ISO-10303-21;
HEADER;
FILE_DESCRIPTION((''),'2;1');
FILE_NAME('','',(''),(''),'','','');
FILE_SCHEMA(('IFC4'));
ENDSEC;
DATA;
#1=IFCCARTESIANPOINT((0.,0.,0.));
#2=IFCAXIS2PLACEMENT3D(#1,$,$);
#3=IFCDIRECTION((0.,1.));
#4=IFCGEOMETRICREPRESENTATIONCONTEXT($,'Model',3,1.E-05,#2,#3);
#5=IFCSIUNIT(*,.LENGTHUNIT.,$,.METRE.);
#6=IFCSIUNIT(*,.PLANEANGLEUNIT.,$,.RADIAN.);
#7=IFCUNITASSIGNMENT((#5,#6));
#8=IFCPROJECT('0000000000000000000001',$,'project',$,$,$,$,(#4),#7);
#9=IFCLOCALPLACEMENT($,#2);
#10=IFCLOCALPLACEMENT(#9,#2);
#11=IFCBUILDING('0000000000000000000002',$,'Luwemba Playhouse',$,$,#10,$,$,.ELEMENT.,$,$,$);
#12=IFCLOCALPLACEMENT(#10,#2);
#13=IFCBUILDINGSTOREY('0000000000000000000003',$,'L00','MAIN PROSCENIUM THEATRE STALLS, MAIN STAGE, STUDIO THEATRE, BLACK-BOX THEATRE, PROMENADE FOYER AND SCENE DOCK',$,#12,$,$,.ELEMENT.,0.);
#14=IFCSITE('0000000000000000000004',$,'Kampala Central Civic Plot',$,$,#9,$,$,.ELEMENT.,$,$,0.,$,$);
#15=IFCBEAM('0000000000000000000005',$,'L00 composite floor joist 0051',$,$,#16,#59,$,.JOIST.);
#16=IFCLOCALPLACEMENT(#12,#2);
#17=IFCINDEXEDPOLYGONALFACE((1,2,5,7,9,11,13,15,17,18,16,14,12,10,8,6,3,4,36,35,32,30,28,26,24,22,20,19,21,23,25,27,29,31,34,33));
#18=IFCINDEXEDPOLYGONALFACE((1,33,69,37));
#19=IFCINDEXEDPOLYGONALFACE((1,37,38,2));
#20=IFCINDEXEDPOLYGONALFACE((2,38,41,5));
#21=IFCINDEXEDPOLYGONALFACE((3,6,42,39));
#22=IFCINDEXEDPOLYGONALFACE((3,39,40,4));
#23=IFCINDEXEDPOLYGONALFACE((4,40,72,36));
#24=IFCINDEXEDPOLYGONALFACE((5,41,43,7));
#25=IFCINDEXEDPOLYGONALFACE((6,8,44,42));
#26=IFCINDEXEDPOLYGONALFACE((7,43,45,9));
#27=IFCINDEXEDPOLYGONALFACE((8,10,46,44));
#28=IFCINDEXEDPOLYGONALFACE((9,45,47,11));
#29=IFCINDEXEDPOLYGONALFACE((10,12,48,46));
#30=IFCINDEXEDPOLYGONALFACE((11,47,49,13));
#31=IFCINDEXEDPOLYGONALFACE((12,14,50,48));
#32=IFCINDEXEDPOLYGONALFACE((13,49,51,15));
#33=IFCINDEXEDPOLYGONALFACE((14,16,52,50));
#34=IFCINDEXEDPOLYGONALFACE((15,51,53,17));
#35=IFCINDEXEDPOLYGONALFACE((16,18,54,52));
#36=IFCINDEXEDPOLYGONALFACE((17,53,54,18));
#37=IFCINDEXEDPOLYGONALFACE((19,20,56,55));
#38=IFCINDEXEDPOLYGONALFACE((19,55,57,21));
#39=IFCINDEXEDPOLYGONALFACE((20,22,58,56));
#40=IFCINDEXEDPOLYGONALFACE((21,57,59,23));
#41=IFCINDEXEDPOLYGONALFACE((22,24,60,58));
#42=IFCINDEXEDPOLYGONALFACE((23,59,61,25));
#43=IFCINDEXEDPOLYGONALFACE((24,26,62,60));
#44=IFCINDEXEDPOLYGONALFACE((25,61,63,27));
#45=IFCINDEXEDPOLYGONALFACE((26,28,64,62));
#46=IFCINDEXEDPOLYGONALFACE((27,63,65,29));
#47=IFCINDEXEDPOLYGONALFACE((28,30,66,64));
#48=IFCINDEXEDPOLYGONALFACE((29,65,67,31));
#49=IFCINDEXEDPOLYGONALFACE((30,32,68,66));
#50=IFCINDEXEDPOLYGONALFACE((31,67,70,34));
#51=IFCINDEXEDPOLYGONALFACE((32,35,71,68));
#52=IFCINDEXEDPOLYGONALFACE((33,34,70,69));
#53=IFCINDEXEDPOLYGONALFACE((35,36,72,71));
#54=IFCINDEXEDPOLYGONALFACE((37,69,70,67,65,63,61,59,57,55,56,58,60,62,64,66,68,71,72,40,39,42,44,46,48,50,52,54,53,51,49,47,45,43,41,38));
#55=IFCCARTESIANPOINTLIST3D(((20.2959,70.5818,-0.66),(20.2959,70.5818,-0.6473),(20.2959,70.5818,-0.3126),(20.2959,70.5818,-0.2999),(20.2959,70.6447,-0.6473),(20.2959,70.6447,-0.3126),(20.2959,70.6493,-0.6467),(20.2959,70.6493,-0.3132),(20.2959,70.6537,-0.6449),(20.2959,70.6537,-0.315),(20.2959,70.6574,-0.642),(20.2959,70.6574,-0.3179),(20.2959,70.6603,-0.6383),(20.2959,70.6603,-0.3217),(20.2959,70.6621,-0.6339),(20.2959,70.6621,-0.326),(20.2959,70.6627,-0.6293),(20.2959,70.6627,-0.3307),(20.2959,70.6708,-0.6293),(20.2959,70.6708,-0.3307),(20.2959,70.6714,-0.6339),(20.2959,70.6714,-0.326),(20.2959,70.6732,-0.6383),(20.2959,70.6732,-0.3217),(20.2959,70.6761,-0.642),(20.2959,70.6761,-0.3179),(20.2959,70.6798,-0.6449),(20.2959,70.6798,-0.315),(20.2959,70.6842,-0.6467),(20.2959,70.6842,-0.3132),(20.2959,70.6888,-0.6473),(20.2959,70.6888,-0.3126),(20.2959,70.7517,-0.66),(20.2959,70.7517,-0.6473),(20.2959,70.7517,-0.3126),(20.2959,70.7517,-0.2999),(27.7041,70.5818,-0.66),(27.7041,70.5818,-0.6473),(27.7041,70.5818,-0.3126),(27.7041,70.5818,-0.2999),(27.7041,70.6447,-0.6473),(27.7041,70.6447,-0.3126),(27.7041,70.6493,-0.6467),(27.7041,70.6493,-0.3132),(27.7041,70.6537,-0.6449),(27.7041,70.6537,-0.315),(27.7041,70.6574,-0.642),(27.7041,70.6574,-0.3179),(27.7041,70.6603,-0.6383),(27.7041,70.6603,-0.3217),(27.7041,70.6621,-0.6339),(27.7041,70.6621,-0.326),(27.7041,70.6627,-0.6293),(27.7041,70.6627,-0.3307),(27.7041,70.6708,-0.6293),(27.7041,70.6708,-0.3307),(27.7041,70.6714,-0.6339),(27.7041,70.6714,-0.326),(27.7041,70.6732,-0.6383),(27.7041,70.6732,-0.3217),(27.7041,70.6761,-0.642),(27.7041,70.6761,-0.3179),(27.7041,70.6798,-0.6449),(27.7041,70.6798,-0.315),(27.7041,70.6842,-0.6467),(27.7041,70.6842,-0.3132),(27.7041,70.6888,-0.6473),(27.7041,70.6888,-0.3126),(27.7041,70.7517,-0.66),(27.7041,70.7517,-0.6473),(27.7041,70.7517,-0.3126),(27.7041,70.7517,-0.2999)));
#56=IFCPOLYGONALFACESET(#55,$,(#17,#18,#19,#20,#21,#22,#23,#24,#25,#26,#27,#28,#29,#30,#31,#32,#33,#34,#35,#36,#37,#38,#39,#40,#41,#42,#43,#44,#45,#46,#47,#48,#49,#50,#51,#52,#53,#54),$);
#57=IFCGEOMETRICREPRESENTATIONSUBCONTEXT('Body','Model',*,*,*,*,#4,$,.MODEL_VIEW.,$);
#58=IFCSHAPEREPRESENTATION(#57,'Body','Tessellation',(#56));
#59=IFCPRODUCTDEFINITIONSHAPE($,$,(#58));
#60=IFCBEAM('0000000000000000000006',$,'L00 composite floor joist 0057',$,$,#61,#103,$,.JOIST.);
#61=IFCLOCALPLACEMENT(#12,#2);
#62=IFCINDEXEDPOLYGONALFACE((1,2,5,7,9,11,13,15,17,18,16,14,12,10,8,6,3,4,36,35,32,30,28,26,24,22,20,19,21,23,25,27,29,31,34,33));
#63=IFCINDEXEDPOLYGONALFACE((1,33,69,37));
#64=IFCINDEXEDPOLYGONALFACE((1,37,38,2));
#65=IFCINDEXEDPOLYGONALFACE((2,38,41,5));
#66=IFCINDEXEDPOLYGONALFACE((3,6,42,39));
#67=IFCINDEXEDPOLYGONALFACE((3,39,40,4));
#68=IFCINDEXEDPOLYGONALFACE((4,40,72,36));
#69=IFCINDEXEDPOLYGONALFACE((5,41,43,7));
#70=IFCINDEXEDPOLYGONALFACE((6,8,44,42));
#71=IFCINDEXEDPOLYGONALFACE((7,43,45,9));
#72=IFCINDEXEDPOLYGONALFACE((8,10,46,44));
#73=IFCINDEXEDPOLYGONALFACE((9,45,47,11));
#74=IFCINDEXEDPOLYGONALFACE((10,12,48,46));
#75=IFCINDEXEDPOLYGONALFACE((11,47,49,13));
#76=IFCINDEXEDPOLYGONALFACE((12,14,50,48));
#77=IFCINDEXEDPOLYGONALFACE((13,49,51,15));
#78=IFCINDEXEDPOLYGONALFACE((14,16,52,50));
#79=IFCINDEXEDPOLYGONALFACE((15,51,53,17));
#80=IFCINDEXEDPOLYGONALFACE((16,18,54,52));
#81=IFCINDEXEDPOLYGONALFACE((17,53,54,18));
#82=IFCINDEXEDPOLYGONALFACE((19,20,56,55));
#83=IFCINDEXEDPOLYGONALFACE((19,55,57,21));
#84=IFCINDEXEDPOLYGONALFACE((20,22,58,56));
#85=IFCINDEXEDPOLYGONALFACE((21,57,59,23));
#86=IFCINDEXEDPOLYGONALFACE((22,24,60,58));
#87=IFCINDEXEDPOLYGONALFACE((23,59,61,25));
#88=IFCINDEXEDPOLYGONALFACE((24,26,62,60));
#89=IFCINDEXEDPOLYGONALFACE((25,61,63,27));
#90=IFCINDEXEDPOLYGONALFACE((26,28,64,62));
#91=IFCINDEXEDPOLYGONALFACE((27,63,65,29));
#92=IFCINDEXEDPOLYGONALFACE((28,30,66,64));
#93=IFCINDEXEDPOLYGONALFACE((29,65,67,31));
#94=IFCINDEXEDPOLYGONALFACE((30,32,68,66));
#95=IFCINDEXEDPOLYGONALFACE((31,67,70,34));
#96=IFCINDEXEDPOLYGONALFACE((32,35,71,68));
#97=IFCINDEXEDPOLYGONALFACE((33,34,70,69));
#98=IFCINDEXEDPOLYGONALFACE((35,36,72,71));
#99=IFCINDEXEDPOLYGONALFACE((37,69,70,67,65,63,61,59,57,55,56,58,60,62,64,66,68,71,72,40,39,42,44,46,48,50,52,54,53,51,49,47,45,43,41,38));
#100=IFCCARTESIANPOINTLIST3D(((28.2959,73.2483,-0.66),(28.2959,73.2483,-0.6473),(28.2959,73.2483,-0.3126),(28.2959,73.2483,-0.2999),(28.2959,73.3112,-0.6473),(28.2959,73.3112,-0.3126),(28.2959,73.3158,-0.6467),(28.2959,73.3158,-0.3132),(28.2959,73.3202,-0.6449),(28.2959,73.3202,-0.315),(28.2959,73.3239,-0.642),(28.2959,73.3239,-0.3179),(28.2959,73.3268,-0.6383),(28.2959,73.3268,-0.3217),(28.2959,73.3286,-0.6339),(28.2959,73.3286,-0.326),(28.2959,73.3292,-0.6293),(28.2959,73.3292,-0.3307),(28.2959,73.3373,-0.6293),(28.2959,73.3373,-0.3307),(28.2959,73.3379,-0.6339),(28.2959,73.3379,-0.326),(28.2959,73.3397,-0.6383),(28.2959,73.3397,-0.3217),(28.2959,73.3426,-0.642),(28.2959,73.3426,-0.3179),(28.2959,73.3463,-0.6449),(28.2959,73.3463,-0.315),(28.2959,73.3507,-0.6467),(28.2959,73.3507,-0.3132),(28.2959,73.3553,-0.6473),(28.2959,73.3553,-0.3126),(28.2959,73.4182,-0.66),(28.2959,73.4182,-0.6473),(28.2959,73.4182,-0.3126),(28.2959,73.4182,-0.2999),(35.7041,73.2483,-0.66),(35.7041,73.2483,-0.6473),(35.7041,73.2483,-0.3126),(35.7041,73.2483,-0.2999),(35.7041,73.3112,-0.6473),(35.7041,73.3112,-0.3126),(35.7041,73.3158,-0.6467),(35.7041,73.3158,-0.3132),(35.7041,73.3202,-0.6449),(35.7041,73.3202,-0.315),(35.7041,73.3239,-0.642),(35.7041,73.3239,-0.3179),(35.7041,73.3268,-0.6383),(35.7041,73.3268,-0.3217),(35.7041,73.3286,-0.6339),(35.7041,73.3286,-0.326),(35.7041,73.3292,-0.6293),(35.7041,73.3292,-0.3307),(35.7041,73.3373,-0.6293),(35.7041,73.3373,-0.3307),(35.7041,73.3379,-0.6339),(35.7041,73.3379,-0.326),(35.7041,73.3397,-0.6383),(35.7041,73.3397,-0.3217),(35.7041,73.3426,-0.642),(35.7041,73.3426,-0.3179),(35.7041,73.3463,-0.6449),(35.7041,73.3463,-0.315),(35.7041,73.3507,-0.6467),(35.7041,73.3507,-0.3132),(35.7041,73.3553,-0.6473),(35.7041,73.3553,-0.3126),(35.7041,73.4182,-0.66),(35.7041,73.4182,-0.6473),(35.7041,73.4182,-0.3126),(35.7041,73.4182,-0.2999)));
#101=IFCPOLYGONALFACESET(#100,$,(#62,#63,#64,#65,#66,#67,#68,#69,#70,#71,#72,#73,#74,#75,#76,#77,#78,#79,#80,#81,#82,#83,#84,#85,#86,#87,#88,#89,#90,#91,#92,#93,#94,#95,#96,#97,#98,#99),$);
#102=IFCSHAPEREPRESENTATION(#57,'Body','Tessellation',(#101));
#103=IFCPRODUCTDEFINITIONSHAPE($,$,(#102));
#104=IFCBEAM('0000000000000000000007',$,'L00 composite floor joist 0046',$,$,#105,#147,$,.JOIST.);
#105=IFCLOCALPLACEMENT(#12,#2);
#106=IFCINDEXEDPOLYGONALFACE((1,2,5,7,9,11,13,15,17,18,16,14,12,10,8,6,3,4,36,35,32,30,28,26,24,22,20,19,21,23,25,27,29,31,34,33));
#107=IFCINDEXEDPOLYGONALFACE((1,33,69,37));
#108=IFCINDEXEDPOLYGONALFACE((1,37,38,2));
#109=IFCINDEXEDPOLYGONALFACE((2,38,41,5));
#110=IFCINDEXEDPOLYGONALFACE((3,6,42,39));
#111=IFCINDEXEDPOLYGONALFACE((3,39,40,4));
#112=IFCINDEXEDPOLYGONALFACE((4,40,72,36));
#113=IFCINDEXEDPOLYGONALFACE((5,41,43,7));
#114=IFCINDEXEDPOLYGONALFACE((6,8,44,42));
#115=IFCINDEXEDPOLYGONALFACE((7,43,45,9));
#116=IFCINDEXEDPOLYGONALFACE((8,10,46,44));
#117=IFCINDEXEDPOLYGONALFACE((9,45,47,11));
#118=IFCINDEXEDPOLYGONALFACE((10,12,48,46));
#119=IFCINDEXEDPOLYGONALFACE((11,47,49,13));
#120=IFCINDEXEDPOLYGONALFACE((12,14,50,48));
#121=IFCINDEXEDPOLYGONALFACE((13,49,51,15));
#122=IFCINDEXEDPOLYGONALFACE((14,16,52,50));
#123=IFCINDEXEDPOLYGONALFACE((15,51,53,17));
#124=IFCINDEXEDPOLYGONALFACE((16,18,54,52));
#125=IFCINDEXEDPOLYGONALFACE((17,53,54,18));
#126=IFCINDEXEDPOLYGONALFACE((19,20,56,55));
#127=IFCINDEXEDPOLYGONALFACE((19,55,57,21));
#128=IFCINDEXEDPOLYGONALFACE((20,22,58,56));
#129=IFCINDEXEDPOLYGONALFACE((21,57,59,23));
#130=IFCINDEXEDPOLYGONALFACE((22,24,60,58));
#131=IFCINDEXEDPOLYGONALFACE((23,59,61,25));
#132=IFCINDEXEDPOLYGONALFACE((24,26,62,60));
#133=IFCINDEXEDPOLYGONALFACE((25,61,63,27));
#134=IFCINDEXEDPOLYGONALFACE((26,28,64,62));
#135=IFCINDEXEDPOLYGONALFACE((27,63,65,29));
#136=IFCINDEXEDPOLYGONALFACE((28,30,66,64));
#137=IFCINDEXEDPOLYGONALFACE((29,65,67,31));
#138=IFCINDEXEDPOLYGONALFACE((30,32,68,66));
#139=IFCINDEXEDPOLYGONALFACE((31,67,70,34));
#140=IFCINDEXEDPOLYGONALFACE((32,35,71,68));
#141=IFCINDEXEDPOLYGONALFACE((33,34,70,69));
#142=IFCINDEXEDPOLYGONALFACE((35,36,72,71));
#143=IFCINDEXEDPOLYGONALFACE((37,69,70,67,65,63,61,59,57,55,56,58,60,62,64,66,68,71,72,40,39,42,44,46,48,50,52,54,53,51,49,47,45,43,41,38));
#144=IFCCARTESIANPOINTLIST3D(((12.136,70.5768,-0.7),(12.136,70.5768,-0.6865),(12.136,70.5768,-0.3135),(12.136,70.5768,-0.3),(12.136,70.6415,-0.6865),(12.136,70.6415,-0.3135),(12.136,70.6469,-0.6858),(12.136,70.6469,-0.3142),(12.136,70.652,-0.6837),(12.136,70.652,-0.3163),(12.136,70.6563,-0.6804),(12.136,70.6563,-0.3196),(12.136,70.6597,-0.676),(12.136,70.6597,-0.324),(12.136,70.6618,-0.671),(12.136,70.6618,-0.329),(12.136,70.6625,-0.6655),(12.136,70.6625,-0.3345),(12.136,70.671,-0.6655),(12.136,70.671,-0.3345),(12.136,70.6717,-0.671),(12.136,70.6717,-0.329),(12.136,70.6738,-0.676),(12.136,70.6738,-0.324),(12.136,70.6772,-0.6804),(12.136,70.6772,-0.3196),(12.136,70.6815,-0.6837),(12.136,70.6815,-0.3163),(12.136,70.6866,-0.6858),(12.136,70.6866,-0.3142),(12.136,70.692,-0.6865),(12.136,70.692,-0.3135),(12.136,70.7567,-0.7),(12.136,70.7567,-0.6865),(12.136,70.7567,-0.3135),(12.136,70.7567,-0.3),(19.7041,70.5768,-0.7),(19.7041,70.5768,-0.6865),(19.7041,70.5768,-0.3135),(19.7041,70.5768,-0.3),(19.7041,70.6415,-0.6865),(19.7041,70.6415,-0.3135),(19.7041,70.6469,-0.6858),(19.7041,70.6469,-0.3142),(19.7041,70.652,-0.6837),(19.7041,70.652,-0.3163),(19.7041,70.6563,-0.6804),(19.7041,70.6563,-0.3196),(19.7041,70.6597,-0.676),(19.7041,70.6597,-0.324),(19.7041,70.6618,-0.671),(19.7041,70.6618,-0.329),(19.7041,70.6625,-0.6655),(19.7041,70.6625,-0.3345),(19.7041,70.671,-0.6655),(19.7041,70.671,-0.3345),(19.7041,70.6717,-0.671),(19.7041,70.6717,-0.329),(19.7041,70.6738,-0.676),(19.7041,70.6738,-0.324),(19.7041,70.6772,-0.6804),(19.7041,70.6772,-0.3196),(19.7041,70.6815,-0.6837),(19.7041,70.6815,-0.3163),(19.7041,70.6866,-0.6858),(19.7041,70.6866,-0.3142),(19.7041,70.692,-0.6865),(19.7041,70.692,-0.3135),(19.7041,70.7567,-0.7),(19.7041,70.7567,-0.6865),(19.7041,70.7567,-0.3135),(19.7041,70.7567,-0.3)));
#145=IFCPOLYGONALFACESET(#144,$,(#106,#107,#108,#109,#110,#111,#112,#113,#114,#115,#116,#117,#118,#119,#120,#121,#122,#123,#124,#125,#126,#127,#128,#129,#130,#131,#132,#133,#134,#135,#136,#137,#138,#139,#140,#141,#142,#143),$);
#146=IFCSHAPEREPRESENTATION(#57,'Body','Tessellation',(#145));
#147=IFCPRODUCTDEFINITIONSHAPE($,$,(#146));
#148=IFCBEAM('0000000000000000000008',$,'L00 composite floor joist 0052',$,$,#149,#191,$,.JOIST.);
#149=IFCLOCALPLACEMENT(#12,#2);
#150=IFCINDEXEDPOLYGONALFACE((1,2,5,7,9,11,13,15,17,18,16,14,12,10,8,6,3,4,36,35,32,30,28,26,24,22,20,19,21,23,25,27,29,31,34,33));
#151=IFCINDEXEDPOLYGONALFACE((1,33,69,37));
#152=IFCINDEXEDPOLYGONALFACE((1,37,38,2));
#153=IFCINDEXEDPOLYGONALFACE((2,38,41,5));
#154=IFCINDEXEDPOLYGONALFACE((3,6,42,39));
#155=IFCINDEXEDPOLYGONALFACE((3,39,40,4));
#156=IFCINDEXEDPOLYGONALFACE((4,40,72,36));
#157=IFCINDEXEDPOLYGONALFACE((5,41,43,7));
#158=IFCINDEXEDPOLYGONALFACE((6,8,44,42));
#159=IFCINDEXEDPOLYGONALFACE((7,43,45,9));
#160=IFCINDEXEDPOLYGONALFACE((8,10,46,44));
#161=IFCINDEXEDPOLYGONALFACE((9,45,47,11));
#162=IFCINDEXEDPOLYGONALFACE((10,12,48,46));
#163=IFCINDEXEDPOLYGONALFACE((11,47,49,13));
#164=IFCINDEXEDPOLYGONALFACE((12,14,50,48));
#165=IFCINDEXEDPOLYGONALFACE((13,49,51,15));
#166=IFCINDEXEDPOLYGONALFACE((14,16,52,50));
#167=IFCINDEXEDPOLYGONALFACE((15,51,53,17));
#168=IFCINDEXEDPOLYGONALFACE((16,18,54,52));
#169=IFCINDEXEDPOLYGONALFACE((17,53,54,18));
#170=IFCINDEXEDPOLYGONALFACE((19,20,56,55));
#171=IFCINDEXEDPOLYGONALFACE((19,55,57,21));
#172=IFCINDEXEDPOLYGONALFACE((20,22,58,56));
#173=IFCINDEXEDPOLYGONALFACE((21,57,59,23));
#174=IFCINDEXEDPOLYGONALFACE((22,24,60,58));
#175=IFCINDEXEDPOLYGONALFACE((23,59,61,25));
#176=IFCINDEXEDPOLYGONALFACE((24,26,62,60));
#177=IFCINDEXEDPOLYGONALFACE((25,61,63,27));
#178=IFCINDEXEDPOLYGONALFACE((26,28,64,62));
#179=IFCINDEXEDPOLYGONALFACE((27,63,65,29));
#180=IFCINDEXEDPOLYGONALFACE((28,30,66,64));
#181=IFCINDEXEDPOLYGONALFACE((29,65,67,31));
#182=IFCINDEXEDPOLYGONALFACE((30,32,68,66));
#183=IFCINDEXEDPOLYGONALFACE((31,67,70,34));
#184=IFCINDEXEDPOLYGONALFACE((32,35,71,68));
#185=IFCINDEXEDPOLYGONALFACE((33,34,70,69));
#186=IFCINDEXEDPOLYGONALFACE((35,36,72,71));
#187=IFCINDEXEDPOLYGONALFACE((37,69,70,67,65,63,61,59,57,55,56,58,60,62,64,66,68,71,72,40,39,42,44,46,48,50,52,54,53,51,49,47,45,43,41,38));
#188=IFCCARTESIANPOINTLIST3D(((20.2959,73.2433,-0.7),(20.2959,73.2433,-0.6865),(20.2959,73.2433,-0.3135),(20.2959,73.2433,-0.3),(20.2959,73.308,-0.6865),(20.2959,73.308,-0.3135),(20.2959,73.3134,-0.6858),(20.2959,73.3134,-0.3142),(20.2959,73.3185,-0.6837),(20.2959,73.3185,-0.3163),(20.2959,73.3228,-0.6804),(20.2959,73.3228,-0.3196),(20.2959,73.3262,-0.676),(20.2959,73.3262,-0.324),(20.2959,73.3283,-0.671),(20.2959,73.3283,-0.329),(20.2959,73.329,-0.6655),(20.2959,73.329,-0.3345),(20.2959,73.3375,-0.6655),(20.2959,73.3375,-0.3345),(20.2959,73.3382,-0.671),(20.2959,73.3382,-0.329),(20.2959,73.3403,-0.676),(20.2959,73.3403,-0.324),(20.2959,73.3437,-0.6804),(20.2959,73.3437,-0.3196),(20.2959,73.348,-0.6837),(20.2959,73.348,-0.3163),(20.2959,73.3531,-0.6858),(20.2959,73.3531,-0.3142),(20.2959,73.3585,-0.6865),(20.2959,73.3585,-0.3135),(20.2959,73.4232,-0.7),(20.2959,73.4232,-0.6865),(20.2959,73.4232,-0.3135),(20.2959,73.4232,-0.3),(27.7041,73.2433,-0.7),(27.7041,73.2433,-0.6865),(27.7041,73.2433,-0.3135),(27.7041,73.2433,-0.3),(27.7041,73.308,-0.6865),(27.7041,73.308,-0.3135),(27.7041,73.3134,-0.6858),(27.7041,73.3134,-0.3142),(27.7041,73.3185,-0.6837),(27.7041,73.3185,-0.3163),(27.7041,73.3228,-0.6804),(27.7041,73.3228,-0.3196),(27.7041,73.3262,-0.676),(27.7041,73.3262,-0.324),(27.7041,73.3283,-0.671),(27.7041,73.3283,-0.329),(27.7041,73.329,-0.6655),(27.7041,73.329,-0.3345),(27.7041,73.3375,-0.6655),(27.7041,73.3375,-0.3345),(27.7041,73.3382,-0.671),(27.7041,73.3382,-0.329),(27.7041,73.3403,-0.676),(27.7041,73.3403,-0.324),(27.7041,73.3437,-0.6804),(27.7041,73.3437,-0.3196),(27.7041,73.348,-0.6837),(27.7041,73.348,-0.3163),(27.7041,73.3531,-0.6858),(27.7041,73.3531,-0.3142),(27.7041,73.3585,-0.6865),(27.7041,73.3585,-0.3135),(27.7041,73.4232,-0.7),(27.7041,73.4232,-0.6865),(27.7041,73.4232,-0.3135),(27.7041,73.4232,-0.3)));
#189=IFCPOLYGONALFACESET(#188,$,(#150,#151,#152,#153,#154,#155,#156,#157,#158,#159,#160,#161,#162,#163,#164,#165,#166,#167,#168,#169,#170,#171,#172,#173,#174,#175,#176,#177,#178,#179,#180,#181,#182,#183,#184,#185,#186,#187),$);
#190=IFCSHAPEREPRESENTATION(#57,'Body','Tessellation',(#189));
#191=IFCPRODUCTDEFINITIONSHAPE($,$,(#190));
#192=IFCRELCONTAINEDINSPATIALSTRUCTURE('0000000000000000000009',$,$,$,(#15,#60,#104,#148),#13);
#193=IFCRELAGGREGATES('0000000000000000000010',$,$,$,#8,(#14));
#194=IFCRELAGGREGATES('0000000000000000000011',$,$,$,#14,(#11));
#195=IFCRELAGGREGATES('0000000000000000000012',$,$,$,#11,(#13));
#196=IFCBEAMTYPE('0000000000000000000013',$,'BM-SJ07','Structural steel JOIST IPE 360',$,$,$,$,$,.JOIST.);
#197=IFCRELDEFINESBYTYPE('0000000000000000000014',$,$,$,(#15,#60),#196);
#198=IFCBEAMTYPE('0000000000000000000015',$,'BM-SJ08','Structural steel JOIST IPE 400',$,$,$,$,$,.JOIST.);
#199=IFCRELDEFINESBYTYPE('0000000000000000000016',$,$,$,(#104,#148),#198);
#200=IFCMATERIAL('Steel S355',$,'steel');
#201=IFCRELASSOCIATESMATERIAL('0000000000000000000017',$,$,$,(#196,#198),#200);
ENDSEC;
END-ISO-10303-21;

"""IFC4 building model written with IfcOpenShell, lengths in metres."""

from ifc_helpers import new_model, si_unit, direction, frame, origin, origin_2d, place, context, subcontext, project, spatial, i_section, extrude, material, material_profile, profile_set, type_object, element, save


model = new_model("IFC4")

# Units and contexts
model_context = context("Model", 3, precision=1e-05, world=origin(), true_north=direction((0.0, 1.0)))
body_context = subcontext(model_context, "Body", "Model", "MODEL_VIEW")
ifc_project = project(units=[si_unit("LENGTHUNIT", "METRE"), si_unit("PLANEANGLEUNIT", "RADIAN")], contexts=[model_context])

# Site, building, storey
site_placement = place(None, origin())
site = spatial("IfcSite", under=ifc_project, at=site_placement, Name="Kampala Central Civic Plot", CompositionType="ELEMENT", RefElevation=0.0)
building_placement = place(site_placement, origin())
building = spatial("IfcBuilding", under=site, at=building_placement, Name="Luwemba Playhouse", CompositionType="ELEMENT")
storey_placement = place(building_placement, origin())
storey = spatial("IfcBuildingStorey", under=building, at=storey_placement, Name="L00", Description="MAIN PROSCENIUM THEATRE STALLS, MAIN STAGE, STUDIO THEATRE, BLACK-BOX THEATRE, PROMENADE FOYER AND SCENE DOCK", CompositionType="ELEMENT", Elevation=0.0)

# Beams
ifc_material_1 = material(Name="Steel S355", Category="steel")
ifc_material_profile_1 = material_profile(ifc_material_1, i_section(OverallWidth=0.1699, OverallDepth=0.3601, WebThickness=0.0081, FlangeThickness=0.0127, FilletRadius=0.0181, at=origin_2d()))
ifc_profile_set_1 = profile_set([ifc_material_profile_1], Name="Steel S355")
beam_type_1 = type_object("IfcBeamType", Name="BM-SJ07", Description="Structural steel JOIST IPE 360", PredefinedType="JOIST", material=ifc_profile_set_1)
for number, where, z_axis, x_axis, name in (
    (1, (20.2959, 70.6667, -0.48), (1.0, 0.0, 0.0), (0.0, 1.0, 0.0), "L00 composite floor joist 0051"),
    (2, (28.2959, 73.3333, -0.48), (1.0, 0.0, 0.0), (0.0, 1.0, 0.0), "L00 composite floor joist 0057"),
):
    element("IfcBeam", number, at=place(storey_placement, frame(where, z_axis=z_axis, x_axis=x_axis)), inside=storey, type_object=beam_type_1, Name=name, PredefinedType="JOIST", context=body_context, shape_type="SweptSolid", body=[
        extrude(i_section(OverallWidth=0.1699, OverallDepth=0.3601, WebThickness=0.0081, FlangeThickness=0.0127, FilletRadius=0.0181, at=origin_2d()), origin(), (0.0, 0.0, 1.0), 7.4082),
    ])
ifc_material_profile_2 = material_profile(ifc_material_1, i_section(OverallWidth=0.1799, OverallDepth=0.3999, WebThickness=0.0085, FlangeThickness=0.0134, FilletRadius=0.021, at=origin_2d()))
ifc_profile_set_2 = profile_set([ifc_material_profile_2], Name="Steel S355")
beam_type_2 = type_object("IfcBeamType", Name="BM-SJ08", Description="Structural steel JOIST IPE 400", PredefinedType="JOIST", material=ifc_profile_set_2)
beam_1_placement = place(storey_placement, frame((12.136, 70.6667, -0.5), z_axis=(1.0, 0.0, 0.0), x_axis=(0.0, 1.0, 0.0)))
element("IfcBeam", 3, at=beam_1_placement, inside=storey, type_object=beam_type_2, Name="L00 composite floor joist 0046", PredefinedType="JOIST", context=body_context, shape_type="SweptSolid", body=[
    extrude(i_section(OverallWidth=0.1799, OverallDepth=0.3999, WebThickness=0.0085, FlangeThickness=0.0134, FilletRadius=0.021, at=origin_2d()), origin(), (0.0, 0.0, 1.0), 7.5681),
])
for number, where, z_axis, x_axis, name in (
    (4, (20.2959, 73.3333, -0.5), (1.0, 0.0, 0.0), (0.0, 1.0, 0.0), "L00 composite floor joist 0052"),
):
    element("IfcBeam", number, at=place(storey_placement, frame(where, z_axis=z_axis, x_axis=x_axis)), inside=storey, type_object=beam_type_2, Name=name, PredefinedType="JOIST", context=body_context, shape_type="SweptSolid", body=[
        extrude(i_section(OverallWidth=0.1799, OverallDepth=0.3999, WebThickness=0.0085, FlangeThickness=0.0134, FilletRadius=0.021, at=origin_2d()), origin(), (0.0, 0.0, 1.0), 7.4082),
    ])

save(model, "model.ifc")
